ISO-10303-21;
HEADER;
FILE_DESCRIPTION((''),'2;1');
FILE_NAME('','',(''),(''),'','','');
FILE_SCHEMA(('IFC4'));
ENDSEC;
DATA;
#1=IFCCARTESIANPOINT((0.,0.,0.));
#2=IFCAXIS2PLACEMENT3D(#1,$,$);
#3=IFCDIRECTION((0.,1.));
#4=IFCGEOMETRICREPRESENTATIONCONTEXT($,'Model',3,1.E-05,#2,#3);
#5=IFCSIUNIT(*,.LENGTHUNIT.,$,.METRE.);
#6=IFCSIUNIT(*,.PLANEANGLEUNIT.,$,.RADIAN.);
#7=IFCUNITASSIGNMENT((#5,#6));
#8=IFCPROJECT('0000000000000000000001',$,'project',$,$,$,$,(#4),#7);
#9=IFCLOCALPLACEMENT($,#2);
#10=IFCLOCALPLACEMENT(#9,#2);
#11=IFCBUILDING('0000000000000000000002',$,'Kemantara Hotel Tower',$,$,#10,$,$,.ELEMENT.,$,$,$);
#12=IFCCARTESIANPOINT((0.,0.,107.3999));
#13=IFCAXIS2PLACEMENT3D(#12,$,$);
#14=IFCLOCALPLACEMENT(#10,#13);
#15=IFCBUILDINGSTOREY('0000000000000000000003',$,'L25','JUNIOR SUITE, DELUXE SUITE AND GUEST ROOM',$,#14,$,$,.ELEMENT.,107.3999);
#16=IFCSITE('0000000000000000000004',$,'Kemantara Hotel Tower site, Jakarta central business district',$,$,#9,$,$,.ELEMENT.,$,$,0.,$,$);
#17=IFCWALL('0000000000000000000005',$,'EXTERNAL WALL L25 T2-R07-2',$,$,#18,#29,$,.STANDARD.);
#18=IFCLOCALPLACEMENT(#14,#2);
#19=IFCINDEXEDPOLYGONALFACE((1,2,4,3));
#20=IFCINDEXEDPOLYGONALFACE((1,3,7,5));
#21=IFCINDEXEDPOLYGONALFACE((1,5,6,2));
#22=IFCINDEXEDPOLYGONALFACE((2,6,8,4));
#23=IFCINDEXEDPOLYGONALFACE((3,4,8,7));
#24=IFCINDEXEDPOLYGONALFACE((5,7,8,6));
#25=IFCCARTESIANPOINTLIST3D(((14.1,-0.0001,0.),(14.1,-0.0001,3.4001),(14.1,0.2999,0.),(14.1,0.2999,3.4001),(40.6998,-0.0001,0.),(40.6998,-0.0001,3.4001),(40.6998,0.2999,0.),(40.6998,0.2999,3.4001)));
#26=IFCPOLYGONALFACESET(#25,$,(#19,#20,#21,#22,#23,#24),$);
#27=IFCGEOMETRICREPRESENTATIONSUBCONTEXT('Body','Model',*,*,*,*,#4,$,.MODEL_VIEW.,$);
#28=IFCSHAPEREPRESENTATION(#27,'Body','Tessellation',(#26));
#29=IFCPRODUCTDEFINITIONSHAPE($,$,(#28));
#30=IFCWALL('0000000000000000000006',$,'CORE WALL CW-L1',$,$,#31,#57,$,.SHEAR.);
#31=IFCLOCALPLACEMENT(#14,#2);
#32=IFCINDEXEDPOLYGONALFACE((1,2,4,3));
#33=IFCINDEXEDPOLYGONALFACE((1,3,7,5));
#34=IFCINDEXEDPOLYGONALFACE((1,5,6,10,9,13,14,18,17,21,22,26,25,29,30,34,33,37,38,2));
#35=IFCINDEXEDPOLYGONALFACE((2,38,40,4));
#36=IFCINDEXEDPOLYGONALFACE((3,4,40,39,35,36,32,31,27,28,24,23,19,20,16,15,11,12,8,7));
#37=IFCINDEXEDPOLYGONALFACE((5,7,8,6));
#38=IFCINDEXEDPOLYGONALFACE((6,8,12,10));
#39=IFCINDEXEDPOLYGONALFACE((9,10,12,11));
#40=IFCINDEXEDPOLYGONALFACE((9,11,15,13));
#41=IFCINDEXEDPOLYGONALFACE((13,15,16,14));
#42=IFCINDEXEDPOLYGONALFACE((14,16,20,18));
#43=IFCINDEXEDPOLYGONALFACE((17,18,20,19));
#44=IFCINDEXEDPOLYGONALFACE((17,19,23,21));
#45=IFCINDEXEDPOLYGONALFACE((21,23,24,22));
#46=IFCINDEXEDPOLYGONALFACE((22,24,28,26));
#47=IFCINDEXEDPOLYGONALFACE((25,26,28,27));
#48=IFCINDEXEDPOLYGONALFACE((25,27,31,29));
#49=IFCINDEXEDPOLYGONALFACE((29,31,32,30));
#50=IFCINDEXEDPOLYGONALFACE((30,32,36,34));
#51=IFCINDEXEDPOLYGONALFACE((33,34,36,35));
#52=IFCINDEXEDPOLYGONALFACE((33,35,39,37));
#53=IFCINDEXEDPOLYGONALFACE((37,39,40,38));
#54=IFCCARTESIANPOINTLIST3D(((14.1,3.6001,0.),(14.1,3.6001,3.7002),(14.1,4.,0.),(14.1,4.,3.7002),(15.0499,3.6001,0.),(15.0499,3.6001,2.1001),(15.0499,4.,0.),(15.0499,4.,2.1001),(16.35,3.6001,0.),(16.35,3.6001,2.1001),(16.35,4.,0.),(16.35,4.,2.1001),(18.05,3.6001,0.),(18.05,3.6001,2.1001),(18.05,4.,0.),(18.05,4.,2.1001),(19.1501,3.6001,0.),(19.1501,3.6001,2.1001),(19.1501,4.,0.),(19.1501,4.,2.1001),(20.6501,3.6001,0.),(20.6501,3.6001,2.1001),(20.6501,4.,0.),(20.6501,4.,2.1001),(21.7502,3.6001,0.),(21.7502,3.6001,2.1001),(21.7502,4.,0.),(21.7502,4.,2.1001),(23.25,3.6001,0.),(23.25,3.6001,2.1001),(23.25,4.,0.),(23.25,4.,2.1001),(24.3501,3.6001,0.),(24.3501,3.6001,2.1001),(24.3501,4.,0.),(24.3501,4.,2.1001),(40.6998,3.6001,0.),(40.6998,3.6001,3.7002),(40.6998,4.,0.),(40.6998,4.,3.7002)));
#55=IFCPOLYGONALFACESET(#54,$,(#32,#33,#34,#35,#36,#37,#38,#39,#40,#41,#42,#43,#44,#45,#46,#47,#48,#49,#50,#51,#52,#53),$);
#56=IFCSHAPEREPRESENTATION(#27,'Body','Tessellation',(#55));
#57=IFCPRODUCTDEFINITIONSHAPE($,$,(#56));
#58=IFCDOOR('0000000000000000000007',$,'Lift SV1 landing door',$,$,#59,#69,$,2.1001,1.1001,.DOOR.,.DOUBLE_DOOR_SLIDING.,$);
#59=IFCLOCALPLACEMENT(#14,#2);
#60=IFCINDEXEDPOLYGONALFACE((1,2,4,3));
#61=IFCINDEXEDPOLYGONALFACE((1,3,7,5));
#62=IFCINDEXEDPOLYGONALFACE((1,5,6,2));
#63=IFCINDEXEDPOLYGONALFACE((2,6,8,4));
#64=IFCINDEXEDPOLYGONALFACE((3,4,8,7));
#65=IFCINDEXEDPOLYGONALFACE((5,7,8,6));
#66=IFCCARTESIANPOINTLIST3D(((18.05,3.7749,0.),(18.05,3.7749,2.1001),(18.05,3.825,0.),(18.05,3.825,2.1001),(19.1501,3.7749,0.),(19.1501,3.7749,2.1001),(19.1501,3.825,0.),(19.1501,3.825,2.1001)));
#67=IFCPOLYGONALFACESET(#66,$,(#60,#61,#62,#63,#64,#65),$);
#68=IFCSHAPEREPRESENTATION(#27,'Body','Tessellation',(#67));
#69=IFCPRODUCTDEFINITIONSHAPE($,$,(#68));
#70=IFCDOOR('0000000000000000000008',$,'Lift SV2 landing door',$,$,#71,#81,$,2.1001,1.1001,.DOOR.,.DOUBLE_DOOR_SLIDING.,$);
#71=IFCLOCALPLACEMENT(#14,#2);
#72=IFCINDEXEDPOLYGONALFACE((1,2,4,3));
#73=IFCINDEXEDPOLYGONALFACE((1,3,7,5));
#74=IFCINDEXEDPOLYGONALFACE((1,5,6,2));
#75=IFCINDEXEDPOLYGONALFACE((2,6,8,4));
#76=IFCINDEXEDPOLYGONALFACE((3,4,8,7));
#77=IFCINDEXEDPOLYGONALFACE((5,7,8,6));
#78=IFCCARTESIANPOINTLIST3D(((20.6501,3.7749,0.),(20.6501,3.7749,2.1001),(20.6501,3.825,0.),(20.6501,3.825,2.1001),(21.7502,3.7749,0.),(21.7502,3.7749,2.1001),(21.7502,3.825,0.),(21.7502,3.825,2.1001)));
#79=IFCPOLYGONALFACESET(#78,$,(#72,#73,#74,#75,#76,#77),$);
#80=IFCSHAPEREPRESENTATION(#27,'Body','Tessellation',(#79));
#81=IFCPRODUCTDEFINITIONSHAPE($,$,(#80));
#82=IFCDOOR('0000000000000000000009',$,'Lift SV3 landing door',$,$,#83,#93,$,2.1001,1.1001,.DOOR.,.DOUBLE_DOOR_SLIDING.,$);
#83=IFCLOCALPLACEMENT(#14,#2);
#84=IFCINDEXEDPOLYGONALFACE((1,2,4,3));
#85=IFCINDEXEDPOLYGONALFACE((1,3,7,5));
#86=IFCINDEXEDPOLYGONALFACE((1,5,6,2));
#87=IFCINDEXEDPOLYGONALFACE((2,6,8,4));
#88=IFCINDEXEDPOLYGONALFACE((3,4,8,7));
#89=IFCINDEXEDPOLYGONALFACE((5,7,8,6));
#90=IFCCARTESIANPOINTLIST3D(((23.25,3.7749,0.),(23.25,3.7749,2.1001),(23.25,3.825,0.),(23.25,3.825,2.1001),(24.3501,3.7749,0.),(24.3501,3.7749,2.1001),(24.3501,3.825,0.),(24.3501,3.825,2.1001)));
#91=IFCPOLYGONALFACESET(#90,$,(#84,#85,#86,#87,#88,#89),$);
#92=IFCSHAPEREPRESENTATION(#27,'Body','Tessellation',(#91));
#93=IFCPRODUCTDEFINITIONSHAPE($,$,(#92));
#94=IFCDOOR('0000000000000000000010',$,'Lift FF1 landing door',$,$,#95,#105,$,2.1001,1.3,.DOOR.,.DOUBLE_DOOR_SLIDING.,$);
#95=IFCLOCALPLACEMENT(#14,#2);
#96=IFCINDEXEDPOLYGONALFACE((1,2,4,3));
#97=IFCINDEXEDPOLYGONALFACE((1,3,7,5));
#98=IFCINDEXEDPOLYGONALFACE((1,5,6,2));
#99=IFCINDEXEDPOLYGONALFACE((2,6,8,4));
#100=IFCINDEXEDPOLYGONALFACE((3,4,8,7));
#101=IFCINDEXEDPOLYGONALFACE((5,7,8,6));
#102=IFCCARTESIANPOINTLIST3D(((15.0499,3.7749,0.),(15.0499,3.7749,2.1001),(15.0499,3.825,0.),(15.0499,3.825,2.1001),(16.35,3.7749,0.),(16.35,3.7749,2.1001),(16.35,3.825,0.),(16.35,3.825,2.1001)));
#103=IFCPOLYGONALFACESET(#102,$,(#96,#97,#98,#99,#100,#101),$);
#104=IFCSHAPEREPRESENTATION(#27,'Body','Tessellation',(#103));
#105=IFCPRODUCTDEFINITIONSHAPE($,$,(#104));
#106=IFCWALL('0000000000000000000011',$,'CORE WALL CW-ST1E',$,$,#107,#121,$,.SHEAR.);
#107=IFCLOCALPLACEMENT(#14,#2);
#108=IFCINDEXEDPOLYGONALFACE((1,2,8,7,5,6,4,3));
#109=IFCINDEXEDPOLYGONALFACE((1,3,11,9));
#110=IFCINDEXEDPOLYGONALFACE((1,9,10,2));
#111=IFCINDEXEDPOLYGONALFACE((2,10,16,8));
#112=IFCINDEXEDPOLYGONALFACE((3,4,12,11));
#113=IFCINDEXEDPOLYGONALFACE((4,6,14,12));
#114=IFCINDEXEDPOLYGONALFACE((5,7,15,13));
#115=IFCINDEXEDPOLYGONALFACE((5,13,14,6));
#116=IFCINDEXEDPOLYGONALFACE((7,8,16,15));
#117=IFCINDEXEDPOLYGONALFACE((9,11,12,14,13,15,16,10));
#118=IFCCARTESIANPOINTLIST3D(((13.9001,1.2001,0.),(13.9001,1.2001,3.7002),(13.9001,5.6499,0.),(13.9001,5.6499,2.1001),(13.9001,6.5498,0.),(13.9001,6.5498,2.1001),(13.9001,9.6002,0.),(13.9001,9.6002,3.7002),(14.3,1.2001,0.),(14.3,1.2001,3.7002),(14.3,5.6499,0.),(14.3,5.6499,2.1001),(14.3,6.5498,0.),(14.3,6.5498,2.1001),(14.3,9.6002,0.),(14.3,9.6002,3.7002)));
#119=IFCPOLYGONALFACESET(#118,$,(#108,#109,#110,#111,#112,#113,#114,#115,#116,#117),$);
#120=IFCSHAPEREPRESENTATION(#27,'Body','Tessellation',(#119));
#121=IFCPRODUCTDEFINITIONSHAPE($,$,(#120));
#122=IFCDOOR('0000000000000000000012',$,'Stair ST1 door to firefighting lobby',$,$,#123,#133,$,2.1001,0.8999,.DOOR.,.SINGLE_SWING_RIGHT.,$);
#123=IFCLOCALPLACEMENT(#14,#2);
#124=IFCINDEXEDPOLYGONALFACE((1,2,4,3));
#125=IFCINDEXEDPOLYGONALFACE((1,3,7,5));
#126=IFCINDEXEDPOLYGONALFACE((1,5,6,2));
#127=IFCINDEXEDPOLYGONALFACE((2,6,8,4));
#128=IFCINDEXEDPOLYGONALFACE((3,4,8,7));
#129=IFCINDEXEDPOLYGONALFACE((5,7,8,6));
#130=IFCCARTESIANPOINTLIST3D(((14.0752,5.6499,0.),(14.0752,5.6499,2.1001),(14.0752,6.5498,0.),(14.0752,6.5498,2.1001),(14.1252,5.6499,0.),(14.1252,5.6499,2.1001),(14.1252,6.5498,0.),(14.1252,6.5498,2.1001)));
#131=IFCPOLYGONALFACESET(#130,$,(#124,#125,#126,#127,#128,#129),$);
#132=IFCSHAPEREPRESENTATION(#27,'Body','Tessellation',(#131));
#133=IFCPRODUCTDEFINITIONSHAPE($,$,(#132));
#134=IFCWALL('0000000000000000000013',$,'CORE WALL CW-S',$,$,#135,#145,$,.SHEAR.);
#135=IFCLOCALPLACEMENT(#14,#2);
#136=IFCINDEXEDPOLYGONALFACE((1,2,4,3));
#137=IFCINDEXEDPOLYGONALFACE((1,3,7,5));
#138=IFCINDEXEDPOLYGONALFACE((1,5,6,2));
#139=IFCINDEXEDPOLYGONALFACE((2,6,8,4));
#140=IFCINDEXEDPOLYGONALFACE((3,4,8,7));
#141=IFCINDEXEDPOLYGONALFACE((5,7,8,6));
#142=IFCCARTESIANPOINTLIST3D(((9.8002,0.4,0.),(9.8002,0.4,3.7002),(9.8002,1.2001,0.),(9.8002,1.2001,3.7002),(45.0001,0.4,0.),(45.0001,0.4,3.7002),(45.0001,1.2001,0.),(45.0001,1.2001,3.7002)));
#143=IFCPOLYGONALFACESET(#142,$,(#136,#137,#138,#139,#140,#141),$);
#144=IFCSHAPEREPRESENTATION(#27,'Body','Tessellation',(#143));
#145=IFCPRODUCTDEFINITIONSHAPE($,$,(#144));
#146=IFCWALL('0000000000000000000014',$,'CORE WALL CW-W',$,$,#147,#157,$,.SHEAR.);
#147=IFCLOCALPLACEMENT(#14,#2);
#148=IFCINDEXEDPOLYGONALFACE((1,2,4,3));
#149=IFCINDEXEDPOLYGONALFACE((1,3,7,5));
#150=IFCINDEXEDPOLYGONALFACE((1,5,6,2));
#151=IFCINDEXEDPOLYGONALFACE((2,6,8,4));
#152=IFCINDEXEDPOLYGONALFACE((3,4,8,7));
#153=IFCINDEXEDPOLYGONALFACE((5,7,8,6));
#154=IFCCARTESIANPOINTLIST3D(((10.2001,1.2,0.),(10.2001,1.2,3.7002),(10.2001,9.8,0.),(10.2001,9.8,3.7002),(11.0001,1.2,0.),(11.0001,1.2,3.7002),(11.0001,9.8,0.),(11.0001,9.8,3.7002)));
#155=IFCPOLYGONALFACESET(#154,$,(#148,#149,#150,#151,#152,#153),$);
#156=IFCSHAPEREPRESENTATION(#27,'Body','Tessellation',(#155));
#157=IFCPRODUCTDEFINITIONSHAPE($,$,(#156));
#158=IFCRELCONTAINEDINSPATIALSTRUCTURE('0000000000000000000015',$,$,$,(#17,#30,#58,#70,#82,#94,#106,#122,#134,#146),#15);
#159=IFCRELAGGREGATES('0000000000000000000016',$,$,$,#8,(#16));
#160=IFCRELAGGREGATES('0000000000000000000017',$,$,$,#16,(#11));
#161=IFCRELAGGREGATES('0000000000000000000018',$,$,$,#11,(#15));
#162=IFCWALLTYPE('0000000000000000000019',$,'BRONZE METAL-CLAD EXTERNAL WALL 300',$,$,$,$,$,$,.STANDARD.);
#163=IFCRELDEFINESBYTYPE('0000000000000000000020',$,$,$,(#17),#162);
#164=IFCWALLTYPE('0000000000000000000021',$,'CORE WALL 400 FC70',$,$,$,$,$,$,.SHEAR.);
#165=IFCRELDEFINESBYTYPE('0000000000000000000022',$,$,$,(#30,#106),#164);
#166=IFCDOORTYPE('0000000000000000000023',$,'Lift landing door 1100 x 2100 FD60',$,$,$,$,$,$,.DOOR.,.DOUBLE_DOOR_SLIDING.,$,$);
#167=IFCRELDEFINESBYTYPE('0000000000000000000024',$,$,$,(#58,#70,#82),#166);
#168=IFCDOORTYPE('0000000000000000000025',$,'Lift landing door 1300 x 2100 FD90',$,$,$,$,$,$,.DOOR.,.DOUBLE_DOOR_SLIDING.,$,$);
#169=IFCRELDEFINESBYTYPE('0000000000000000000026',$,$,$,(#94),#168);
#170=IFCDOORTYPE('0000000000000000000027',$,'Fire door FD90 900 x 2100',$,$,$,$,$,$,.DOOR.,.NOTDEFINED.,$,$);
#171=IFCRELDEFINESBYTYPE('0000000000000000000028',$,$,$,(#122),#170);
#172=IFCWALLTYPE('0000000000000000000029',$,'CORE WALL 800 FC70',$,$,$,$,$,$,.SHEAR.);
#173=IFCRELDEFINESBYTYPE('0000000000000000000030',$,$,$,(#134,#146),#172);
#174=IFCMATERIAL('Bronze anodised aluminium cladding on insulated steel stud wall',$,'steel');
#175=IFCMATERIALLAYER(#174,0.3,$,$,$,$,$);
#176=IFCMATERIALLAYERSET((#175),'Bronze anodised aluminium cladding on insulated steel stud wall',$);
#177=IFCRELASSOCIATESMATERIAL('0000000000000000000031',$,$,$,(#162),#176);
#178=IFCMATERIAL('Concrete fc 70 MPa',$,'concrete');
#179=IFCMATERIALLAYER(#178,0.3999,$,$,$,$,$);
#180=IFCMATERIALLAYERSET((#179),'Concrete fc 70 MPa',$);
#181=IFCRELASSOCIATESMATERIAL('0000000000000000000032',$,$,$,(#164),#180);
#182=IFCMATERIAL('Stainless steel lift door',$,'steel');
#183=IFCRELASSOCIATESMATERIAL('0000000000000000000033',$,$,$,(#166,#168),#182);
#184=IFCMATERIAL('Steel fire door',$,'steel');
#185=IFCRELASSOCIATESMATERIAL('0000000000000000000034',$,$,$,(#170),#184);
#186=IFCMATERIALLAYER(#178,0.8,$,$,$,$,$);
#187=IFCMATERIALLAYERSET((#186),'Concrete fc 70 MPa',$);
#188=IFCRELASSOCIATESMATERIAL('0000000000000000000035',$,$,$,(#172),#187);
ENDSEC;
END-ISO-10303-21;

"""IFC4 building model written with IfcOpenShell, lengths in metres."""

from ifc_helpers import new_model, si_unit, direction, frame, frame_2d, origin, place, context, subcontext, project, spatial, rectangle, extrude, material, layer, layer_set, type_object, element, fill, save


model = new_model("IFC4")

# Units and contexts
model_context = context("Model", 3, precision=1e-05, world=origin(), true_north=direction((0.0, 1.0)))
body_context = subcontext(model_context, "Body", "Model", "MODEL_VIEW")
ifc_project = project(units=[si_unit("LENGTHUNIT", "METRE"), si_unit("PLANEANGLEUNIT", "RADIAN")], contexts=[model_context])

# Site, building, storey
site_placement = place(None, origin())
site = spatial("IfcSite", under=ifc_project, at=site_placement, Name="Kemantara Hotel Tower site, Jakarta central business district", CompositionType="ELEMENT", RefElevation=0.0)
building_placement = place(site_placement, origin())
building = spatial("IfcBuilding", under=site, at=building_placement, Name="Kemantara Hotel Tower", CompositionType="ELEMENT")
storey_placement = place(building_placement, frame((0.0, 0.0, 107.3999)))
storey = spatial("IfcBuildingStorey", under=building, at=storey_placement, Name="L25", Description="JUNIOR SUITE, DELUXE SUITE AND GUEST ROOM", CompositionType="ELEMENT", Elevation=107.3999)

# Wall
ifc_material_1 = material(Name="Bronze anodised aluminium cladding on insulated steel stud wall", Category="steel")
ifc_layer_1 = layer(ifc_material_1, 0.3)
ifc_layer_set_1 = layer_set([ifc_layer_1], Name="Bronze anodised aluminium cladding on insulated steel stud wall")
wall_type_1 = type_object("IfcWallType", Name="BRONZE METAL-CLAD EXTERNAL WALL 300", PredefinedType="STANDARD", material=ifc_layer_set_1)
wall_1_placement = place(storey_placement, frame((14.1001, 0.1499, 0.0), z_axis=(0.0, 0.0, 1.0), x_axis=(1.0, 0.0, 0.0)))
element("IfcWall", 1, at=wall_1_placement, inside=storey, type_object=wall_type_1, Name="EXTERNAL WALL L25 T2-R07-2", PredefinedType="STANDARD", context=body_context, shape_type="SweptSolid", body=[
    extrude(rectangle(XDim=26.5999, YDim=0.3, at=frame_2d((13.2998, 0.0))), origin(), (0.0, 0.0, 1.0), 3.4001),
])

# Wall, openings, doors
ifc_material_2 = material(Name="Concrete fc 70 MPa", Category="concrete")
ifc_layer_2 = layer(ifc_material_2, 0.3999)
ifc_layer_set_2 = layer_set([ifc_layer_2], Name="Concrete fc 70 MPa")
wall_type_2 = type_object("IfcWallType", Name="CORE WALL 400 FC70", PredefinedType="SHEAR", material=ifc_layer_set_2)
wall_2_placement = place(storey_placement, frame((14.1001, 3.8, 0.0), z_axis=(0.0, 0.0, 1.0), x_axis=(1.0, 0.0, 0.0)))
wall_2 = element("IfcWall", 2, at=wall_2_placement, inside=storey, type_object=wall_type_2, Name="CORE WALL CW-L1", PredefinedType="SHEAR", context=body_context, shape_type="SweptSolid", body=[
    extrude(rectangle(XDim=26.5999, YDim=0.3999, at=frame_2d((13.2998, 0.0))), origin(), (0.0, 0.0, 1.0), 3.7002),
])
opening_1_placement = place(wall_2_placement, frame((0.95, 0.0, 0.0)))
opening_1 = element("IfcOpeningElement", 3, at=opening_1_placement, cuts=wall_2, PredefinedType="OPENING", context=body_context, shape_type="SweptSolid", body=[
    extrude(rectangle(XDim=1.3, YDim=2.1001, at=frame_2d((0.6499, 1.05))), frame((0.0, 0.21, 0.0), z_axis=(0.0, -1.0, 0.0), x_axis=(1.0, 0.0, 0.0)), (0.0, 0.0, 1.0), 0.4199),
])
opening_2_placement = place(wall_2_placement, frame((3.95, 0.0, 0.0)))
opening_2 = element("IfcOpeningElement", 4, at=opening_2_placement, cuts=wall_2, PredefinedType="OPENING", context=body_context, shape_type="SweptSolid", body=[
    extrude(rectangle(XDim=1.1001, YDim=2.1001, at=frame_2d((0.55, 1.05))), frame((0.0, 0.21, 0.0), z_axis=(0.0, -1.0, 0.0), x_axis=(1.0, 0.0, 0.0)), (0.0, 0.0, 1.0), 0.4199),
])
opening_3_placement = place(wall_2_placement, frame((6.55, 0.0, 0.0)))
opening_3 = element("IfcOpeningElement", 5, at=opening_3_placement, cuts=wall_2, PredefinedType="OPENING", context=body_context, shape_type="SweptSolid", body=[
    extrude(rectangle(XDim=1.1001, YDim=2.1001, at=frame_2d((0.55, 1.05))), frame((0.0, 0.21, 0.0), z_axis=(0.0, -1.0, 0.0), x_axis=(1.0, 0.0, 0.0)), (0.0, 0.0, 1.0), 0.4199),
])
opening_4_placement = place(wall_2_placement, frame((9.1499, 0.0, 0.0)))
opening_4 = element("IfcOpeningElement", 6, at=opening_4_placement, cuts=wall_2, PredefinedType="OPENING", context=body_context, shape_type="SweptSolid", body=[
    extrude(rectangle(XDim=1.1001, YDim=2.1001, at=frame_2d((0.55, 1.05))), frame((0.0, 0.21, 0.0), z_axis=(0.0, -1.0, 0.0), x_axis=(1.0, 0.0, 0.0)), (0.0, 0.0, 1.0), 0.4199),
])
ifc_material_3 = material(Name="Stainless steel lift door", Category="steel")
door_type_1 = type_object("IfcDoorType", Name="Lift landing door 1100 x 2100 FD60", OperationType="DOUBLE_DOOR_SLIDING", PredefinedType="DOOR", material=ifc_material_3)
door_1_placement = place(opening_2_placement, origin())
door_1 = element("IfcDoor", 7, at=door_1_placement, inside=storey, type_object=door_type_1, Name="Lift SV1 landing door", OperationType="DOUBLE_DOOR_SLIDING", OverallHeight=2.1001, OverallWidth=1.1001, PredefinedType="DOOR", context=body_context, shape_type="SweptSolid", body=[
    extrude(rectangle(XDim=1.1001, YDim=2.1001, at=frame_2d((0.55, 1.05))), frame((0.0, 0.0249, 0.0), z_axis=(0.0, -1.0, 0.0), x_axis=(1.0, 0.0, 0.0)), (0.0, 0.0, 1.0), 0.05),
])
fill(opening_2, door_1)
door_2_placement = place(opening_3_placement, origin())
door_2 = element("IfcDoor", 8, at=door_2_placement, inside=storey, type_object=door_type_1, Name="Lift SV2 landing door", OperationType="DOUBLE_DOOR_SLIDING", OverallHeight=2.1001, OverallWidth=1.1001, PredefinedType="DOOR", context=body_context, shape_type="SweptSolid", body=[
    extrude(rectangle(XDim=1.1001, YDim=2.1001, at=frame_2d((0.55, 1.05))), frame((0.0, 0.0249, 0.0), z_axis=(0.0, -1.0, 0.0), x_axis=(1.0, 0.0, 0.0)), (0.0, 0.0, 1.0), 0.05),
])
fill(opening_3, door_2)
door_3_placement = place(opening_4_placement, origin())
door_3 = element("IfcDoor", 9, at=door_3_placement, inside=storey, type_object=door_type_1, Name="Lift SV3 landing door", OperationType="DOUBLE_DOOR_SLIDING", OverallHeight=2.1001, OverallWidth=1.1001, PredefinedType="DOOR", context=body_context, shape_type="SweptSolid", body=[
    extrude(rectangle(XDim=1.1001, YDim=2.1001, at=frame_2d((0.55, 1.05))), frame((0.0, 0.0249, 0.0), z_axis=(0.0, -1.0, 0.0), x_axis=(1.0, 0.0, 0.0)), (0.0, 0.0, 1.0), 0.05),
])
fill(opening_4, door_3)
door_type_2 = type_object("IfcDoorType", Name="Lift landing door 1300 x 2100 FD90", OperationType="DOUBLE_DOOR_SLIDING", PredefinedType="DOOR", material=ifc_material_3)
door_4_placement = place(opening_1_placement, origin())
door_4 = element("IfcDoor", 10, at=door_4_placement, inside=storey, type_object=door_type_2, Name="Lift FF1 landing door", OperationType="DOUBLE_DOOR_SLIDING", OverallHeight=2.1001, OverallWidth=1.3, PredefinedType="DOOR", context=body_context, shape_type="SweptSolid", body=[
    extrude(rectangle(XDim=1.3, YDim=2.1001, at=frame_2d((0.6499, 1.05))), frame((0.0, 0.0249, 0.0), z_axis=(0.0, -1.0, 0.0), x_axis=(1.0, 0.0, 0.0)), (0.0, 0.0, 1.0), 0.05),
])
fill(opening_1, door_4)

# Wall, opening, door
wall_3_placement = place(storey_placement, frame((14.1001, 1.2, 0.0), z_axis=(0.0, 0.0, 1.0), x_axis=(0.0, 1.0, 0.0)))
wall_3 = element("IfcWall", 11, at=wall_3_placement, inside=storey, type_object=wall_type_2, Name="CORE WALL CW-ST1E", PredefinedType="SHEAR", context=body_context, shape_type="SweptSolid", body=[
    extrude(rectangle(XDim=8.4001, YDim=0.3999, at=frame_2d((4.2002, 0.0))), origin(), (0.0, 0.0, 1.0), 3.7002),
])
opening_5_placement = place(wall_3_placement, frame((4.45, 0.0, 0.0)))
opening_5 = element("IfcOpeningElement", 12, at=opening_5_placement, cuts=wall_3, PredefinedType="OPENING", context=body_context, shape_type="SweptSolid", body=[
    extrude(rectangle(XDim=0.8999, YDim=2.1001, at=frame_2d((0.45, 1.05))), frame((0.0, 0.21, 0.0), z_axis=(0.0, -1.0, 0.0), x_axis=(1.0, 0.0, 0.0)), (0.0, 0.0, 1.0), 0.4199),
])
ifc_material_4 = material(Name="Steel fire door", Category="steel")
door_type_3 = type_object("IfcDoorType", Name="Fire door FD90 900 x 2100", OperationType="NOTDEFINED", PredefinedType="DOOR", material=ifc_material_4)
door_5_placement = place(opening_5_placement, origin())
door_5 = element("IfcDoor", 13, at=door_5_placement, inside=storey, type_object=door_type_3, Name="Stair ST1 door to firefighting lobby", OperationType="SINGLE_SWING_RIGHT", OverallHeight=2.1001, OverallWidth=0.8999, PredefinedType="DOOR", context=body_context, shape_type="SweptSolid", body=[
    extrude(rectangle(XDim=0.8999, YDim=2.1001, at=frame_2d((0.45, 1.05))), frame((0.0, 0.0249, 0.0), z_axis=(0.0, -1.0, 0.0), x_axis=(1.0, 0.0, 0.0)), (0.0, 0.0, 1.0), 0.05),
])
fill(opening_5, door_5)

# Walls
ifc_layer_3 = layer(ifc_material_2, 0.8)
ifc_layer_set_3 = layer_set([ifc_layer_3], Name="Concrete fc 70 MPa")
wall_type_3 = type_object("IfcWallType", Name="CORE WALL 800 FC70", PredefinedType="SHEAR", material=ifc_layer_set_3)
wall_4_placement = place(storey_placement, frame((9.8, 0.8, 0.0), z_axis=(0.0, 0.0, 1.0), x_axis=(1.0, 0.0, 0.0)))
element("IfcWall", 14, at=wall_4_placement, inside=storey, type_object=wall_type_3, Name="CORE WALL CW-S", PredefinedType="SHEAR", context=body_context, shape_type="SweptSolid", body=[
    extrude(rectangle(XDim=35.2, YDim=0.8, at=frame_2d((17.6001, 0.0))), origin(), (0.0, 0.0, 1.0), 3.7002),
])
wall_5_placement = place(storey_placement, frame((10.6001, 1.2, 0.0), z_axis=(0.0, 0.0, 1.0), x_axis=(0.0, 1.0, 0.0)))
element("IfcWall", 15, at=wall_5_placement, inside=storey, type_object=wall_type_3, Name="CORE WALL CW-W", PredefinedType="SHEAR", context=body_context, shape_type="SweptSolid", body=[
    extrude(rectangle(XDim=8.6001, YDim=0.8, at=frame_2d((4.3, 0.0))), origin(), (0.0, 0.0, 1.0), 3.7002),
])

save(model, "model.ifc")
